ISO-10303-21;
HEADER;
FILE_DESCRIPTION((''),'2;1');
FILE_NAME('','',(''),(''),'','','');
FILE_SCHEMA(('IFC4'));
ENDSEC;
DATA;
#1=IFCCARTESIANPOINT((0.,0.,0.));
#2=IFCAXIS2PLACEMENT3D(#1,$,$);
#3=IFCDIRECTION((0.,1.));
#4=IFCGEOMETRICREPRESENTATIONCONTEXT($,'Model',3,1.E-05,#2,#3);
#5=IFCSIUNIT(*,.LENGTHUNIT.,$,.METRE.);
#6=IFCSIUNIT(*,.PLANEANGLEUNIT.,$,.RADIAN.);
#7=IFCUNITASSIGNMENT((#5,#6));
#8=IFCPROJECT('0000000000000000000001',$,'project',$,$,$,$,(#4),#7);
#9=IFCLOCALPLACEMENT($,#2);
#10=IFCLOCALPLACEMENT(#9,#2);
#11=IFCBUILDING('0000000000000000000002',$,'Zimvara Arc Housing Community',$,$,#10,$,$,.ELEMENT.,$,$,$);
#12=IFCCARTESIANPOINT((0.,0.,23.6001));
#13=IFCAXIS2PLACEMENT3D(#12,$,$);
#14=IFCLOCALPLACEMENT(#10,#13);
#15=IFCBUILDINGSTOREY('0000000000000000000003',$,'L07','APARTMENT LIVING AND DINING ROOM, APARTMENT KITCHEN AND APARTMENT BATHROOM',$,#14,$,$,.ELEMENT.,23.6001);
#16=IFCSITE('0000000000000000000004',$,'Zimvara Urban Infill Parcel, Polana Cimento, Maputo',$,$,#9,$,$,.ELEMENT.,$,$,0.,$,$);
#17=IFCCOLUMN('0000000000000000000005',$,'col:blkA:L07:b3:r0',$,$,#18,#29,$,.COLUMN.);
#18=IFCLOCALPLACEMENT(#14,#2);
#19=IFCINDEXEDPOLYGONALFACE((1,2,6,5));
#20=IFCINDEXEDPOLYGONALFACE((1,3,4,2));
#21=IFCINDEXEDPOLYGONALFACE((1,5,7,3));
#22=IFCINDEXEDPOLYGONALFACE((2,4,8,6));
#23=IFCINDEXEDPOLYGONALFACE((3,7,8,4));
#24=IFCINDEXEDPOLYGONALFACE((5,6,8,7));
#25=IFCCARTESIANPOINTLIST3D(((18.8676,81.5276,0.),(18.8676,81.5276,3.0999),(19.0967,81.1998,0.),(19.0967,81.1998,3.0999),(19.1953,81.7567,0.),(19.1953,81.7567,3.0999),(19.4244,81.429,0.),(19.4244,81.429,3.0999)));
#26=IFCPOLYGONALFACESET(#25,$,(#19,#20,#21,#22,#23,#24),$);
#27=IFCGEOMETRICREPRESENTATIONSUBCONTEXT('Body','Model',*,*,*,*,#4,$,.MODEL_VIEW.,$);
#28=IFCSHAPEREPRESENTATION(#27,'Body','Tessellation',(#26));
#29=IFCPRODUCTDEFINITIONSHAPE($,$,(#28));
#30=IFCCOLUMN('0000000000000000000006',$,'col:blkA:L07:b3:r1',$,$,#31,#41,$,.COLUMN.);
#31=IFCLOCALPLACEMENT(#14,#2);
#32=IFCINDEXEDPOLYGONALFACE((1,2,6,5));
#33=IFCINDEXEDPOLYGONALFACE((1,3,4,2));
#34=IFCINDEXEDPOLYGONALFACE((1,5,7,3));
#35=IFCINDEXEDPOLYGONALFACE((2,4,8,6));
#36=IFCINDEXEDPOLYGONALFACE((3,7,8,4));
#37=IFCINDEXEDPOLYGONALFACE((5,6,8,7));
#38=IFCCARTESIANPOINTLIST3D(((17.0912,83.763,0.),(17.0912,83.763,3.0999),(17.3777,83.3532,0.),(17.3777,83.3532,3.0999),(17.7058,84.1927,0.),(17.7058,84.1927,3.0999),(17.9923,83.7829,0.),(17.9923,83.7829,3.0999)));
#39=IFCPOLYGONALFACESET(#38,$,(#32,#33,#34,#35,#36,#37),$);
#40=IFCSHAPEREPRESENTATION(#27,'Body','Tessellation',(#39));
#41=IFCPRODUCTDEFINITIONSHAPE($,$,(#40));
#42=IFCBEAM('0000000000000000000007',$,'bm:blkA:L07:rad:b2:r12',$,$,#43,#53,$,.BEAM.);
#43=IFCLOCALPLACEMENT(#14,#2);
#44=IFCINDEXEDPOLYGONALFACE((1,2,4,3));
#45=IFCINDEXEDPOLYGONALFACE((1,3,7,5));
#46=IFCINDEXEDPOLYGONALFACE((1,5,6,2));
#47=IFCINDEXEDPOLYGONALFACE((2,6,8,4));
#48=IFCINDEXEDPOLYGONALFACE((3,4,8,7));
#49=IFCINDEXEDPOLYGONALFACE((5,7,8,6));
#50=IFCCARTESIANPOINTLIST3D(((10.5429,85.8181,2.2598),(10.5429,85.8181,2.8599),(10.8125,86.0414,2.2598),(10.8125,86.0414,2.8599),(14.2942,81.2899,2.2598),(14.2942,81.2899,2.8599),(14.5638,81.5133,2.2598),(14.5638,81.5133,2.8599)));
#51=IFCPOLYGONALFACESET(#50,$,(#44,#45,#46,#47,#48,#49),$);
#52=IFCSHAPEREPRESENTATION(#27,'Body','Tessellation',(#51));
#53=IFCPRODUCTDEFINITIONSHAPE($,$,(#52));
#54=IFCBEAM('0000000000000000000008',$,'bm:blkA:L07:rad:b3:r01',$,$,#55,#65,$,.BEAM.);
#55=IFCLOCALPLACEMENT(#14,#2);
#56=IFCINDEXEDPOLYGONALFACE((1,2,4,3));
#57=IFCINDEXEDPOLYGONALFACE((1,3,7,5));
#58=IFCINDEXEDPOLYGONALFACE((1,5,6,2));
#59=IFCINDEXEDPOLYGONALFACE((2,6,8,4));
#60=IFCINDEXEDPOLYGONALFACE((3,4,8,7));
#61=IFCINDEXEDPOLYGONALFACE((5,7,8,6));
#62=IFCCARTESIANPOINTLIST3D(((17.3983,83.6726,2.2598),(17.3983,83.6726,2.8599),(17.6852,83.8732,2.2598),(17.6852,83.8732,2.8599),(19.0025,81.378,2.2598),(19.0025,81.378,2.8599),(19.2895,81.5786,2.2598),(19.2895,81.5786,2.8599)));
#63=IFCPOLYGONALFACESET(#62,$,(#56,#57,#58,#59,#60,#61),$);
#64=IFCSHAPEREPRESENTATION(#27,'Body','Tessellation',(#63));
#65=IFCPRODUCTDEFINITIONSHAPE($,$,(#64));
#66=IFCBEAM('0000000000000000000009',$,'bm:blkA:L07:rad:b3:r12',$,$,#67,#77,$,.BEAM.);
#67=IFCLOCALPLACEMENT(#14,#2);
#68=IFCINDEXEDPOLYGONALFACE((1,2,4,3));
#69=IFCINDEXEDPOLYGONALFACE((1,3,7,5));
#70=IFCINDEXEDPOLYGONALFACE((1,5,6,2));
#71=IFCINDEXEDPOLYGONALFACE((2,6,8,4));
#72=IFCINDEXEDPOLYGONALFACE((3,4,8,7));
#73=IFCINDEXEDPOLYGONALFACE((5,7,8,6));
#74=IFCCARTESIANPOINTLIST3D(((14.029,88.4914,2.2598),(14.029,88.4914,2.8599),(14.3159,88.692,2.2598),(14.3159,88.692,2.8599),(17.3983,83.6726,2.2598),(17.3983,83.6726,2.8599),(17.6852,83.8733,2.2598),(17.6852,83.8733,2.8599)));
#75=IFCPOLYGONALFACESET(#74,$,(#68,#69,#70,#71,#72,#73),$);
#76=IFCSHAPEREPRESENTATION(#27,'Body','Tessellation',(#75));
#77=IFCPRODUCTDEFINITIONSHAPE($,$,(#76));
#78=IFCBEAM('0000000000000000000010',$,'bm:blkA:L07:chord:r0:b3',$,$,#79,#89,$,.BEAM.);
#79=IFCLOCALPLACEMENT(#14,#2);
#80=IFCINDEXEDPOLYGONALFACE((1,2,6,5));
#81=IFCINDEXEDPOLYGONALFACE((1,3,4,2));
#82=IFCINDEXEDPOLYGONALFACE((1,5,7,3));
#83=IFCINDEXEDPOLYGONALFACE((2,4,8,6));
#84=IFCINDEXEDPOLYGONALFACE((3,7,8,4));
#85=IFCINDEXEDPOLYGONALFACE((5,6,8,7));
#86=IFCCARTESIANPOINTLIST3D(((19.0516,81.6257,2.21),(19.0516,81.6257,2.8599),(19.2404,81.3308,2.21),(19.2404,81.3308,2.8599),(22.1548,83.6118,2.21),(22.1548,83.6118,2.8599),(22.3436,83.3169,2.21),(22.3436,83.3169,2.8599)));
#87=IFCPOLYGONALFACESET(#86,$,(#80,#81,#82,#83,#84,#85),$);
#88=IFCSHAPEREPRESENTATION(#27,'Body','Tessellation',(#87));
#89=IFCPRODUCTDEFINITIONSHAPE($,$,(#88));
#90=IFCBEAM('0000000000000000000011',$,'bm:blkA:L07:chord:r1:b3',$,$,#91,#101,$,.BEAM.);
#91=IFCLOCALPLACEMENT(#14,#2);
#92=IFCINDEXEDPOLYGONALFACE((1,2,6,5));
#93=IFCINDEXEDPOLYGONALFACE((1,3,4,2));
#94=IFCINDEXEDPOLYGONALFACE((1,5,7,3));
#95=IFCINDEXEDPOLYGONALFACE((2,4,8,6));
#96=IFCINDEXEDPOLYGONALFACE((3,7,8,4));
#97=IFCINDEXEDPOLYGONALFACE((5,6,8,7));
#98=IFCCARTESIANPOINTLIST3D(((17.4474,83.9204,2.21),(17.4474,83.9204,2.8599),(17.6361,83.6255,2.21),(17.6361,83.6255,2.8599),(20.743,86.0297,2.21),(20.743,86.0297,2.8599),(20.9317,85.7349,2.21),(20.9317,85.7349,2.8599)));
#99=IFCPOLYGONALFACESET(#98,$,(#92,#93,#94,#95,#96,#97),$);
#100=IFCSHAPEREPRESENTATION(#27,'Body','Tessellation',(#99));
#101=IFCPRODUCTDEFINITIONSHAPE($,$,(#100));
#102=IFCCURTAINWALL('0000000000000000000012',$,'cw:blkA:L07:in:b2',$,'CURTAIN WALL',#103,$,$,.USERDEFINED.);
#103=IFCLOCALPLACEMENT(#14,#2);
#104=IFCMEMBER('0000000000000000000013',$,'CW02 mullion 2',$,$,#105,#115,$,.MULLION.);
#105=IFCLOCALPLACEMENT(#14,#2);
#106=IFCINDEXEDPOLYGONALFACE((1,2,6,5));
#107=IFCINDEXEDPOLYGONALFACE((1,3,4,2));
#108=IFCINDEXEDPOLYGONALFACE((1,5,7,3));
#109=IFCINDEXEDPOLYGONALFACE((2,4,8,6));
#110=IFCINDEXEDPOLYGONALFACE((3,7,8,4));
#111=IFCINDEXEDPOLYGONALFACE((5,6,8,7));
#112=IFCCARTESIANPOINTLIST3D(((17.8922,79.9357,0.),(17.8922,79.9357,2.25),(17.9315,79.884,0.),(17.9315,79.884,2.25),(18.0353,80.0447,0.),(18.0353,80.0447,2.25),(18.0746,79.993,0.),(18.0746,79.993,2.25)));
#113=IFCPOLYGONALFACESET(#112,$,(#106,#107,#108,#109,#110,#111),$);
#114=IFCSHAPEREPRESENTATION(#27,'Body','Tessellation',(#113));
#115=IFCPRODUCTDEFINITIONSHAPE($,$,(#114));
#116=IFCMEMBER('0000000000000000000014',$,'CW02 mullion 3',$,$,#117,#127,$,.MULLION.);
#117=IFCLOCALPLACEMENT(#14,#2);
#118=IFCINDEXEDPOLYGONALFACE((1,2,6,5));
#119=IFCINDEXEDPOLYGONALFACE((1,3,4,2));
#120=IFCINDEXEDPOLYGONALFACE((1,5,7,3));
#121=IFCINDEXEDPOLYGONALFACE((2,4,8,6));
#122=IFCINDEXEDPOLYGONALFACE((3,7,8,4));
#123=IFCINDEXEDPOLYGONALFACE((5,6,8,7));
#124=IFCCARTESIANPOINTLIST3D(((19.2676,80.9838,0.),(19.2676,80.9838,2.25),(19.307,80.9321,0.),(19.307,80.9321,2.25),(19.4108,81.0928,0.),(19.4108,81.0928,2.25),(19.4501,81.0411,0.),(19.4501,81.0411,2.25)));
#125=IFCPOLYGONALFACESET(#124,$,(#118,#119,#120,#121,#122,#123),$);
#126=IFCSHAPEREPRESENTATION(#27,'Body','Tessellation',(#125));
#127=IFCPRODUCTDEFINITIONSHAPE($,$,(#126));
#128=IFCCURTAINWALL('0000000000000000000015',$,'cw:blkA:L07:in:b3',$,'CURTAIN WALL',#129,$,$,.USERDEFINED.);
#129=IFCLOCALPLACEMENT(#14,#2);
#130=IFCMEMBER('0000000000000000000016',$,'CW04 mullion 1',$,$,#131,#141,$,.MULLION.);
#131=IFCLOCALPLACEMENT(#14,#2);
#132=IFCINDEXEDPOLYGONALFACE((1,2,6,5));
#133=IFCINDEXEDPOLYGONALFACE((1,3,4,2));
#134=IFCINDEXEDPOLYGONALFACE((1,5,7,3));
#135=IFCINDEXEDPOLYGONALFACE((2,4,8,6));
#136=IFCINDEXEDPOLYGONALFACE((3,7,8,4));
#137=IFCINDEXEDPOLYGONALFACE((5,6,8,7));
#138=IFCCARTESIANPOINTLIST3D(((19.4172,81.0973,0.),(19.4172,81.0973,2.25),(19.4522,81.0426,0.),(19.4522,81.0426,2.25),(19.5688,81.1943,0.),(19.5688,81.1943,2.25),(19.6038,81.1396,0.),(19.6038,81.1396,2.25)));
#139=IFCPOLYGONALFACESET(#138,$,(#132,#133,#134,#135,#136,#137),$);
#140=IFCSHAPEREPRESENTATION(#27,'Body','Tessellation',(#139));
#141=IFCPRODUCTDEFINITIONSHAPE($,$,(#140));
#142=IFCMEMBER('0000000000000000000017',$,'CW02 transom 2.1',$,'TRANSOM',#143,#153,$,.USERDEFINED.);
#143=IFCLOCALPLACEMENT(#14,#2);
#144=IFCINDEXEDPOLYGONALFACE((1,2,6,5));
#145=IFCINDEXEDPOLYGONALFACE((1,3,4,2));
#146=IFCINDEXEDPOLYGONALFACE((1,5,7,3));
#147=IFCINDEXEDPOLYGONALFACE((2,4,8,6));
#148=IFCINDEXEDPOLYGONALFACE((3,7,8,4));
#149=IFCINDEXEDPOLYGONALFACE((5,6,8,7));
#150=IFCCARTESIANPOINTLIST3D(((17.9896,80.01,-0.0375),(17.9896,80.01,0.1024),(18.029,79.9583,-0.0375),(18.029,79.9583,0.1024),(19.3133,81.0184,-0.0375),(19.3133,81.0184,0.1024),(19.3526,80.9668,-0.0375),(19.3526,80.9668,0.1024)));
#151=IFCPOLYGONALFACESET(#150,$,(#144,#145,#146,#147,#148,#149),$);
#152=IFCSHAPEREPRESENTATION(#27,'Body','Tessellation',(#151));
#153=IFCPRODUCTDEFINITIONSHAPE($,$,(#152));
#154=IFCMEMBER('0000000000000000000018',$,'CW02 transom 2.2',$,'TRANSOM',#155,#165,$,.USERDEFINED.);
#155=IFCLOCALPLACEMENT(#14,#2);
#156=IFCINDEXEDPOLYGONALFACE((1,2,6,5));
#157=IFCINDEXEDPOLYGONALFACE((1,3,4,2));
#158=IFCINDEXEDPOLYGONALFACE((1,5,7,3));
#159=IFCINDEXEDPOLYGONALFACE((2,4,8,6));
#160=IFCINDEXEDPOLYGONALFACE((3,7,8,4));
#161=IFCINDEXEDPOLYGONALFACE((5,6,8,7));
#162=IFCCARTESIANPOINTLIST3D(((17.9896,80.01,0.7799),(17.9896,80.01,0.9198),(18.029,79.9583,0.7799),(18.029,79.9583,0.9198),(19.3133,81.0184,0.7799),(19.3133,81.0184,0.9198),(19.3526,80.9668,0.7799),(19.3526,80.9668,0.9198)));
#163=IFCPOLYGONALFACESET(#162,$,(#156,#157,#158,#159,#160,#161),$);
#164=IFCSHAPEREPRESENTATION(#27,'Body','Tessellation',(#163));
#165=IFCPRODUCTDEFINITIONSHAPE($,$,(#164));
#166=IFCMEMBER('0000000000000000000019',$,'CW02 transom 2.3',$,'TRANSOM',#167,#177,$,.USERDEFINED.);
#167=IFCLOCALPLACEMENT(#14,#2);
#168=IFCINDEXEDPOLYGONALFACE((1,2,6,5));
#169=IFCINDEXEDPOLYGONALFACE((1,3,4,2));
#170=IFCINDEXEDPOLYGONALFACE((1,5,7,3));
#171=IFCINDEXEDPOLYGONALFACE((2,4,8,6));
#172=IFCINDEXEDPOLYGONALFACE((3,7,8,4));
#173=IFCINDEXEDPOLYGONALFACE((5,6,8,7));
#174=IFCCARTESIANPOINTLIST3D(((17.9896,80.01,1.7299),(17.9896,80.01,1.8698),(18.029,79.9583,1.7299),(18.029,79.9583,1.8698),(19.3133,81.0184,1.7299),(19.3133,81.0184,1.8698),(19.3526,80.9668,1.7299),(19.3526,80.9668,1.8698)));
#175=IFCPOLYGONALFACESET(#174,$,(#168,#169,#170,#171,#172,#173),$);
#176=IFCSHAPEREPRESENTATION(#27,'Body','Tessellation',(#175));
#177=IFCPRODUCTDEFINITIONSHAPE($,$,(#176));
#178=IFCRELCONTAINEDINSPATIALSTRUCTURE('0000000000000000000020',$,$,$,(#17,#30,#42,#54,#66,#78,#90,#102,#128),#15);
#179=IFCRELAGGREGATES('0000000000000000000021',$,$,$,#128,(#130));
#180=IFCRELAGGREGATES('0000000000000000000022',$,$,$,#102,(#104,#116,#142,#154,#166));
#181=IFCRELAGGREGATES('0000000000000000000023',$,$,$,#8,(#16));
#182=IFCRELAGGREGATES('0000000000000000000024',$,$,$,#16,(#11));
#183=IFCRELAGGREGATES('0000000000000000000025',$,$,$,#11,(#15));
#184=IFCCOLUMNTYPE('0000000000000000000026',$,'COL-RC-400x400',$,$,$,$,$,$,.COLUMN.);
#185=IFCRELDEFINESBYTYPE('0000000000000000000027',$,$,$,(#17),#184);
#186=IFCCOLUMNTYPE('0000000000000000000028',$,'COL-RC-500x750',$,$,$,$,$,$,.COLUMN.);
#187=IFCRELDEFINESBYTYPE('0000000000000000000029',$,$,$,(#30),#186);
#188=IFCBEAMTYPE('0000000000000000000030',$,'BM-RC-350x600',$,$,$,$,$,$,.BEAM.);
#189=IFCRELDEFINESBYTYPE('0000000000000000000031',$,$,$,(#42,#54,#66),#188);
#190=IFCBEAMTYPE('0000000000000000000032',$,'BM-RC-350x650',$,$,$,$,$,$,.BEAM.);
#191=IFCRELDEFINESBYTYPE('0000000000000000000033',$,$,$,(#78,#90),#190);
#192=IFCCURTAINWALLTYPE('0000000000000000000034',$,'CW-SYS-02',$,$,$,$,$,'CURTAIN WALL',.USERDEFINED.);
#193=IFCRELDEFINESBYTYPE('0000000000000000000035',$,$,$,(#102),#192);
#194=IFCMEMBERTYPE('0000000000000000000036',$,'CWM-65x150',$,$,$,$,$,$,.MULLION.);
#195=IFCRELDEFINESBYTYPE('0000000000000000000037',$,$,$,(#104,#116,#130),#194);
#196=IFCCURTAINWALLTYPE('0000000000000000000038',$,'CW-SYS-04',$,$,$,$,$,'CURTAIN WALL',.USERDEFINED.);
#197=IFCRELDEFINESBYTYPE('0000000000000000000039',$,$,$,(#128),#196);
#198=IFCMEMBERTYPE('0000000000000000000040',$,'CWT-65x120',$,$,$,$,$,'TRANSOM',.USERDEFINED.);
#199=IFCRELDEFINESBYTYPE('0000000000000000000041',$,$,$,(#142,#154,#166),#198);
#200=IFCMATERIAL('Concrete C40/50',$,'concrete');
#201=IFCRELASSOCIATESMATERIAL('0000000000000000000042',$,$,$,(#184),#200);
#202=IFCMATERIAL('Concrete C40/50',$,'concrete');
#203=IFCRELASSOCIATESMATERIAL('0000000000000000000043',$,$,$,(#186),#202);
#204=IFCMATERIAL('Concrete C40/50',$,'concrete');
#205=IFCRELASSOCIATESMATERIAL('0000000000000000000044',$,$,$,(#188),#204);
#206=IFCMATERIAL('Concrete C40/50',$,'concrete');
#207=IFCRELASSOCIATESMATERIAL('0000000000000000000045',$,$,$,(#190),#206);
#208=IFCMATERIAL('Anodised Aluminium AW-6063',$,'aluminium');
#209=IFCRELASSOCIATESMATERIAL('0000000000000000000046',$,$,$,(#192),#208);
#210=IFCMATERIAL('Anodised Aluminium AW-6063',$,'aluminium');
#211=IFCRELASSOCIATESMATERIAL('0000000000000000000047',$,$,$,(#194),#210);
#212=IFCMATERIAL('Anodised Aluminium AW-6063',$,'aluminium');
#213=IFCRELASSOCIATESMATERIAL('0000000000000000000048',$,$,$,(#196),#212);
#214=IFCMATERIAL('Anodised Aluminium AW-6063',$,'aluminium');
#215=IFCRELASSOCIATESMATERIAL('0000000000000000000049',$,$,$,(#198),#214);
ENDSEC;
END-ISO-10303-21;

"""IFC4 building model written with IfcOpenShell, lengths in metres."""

from ifc_helpers import new_model, si_unit, direction, frame, origin, origin_2d, place, context, subcontext, project, spatial, rectangle, extrude, material, material_profile, profile_set, type_object, element, aggregate, save


model = new_model("IFC4")

# Units and contexts
model_context = context("Model", 3, precision=1e-05, world=origin(), true_north=direction((0.0, 1.0)))
body_context = subcontext(model_context, "Body", "Model", "MODEL_VIEW")
ifc_project = project(units=[si_unit("LENGTHUNIT", "METRE"), si_unit("PLANEANGLEUNIT", "RADIAN")], contexts=[model_context])

# Site, building, storey
site_placement = place(None, origin())
site = spatial("IfcSite", under=ifc_project, at=site_placement, Name="Zimvara Urban Infill Parcel, Polana Cimento, Maputo", CompositionType="ELEMENT", RefElevation=0.0)
building_placement = place(site_placement, origin())
building = spatial("IfcBuilding", under=site, at=building_placement, Name="Zimvara Arc Housing Community", CompositionType="ELEMENT")
storey_placement = place(building_placement, frame((0.0, 0.0, 23.6001)))
storey = spatial("IfcBuildingStorey", under=building, at=storey_placement, Name="L07", Description="APARTMENT LIVING AND DINING ROOM, APARTMENT KITCHEN AND APARTMENT BATHROOM", CompositionType="ELEMENT", Elevation=23.6001)

# Columns
ifc_material_1 = material(Name="Concrete C40/50", Category="concrete")
ifc_material_profile_1 = material_profile(ifc_material_1, rectangle(XDim=0.3999, YDim=0.3999, at=origin_2d()), Name="RC 400x400")
ifc_profile_set_1 = profile_set([ifc_material_profile_1], Name="Concrete C40/50")
column_type_1 = type_object("IfcColumnType", Name="COL-RC-400x400", PredefinedType="COLUMN", material=ifc_profile_set_1)
column_1_placement = place(storey_placement, frame((19.146, 81.4783, 0.0), z_axis=(0.0, 0.0, 1.0), x_axis=(-0.573004, 0.819552, 0.0)))
element("IfcColumn", 1, at=column_1_placement, inside=storey, type_object=column_type_1, Name="col:blkA:L07:b3:r0", PredefinedType="COLUMN", context=body_context, shape_type="SweptSolid", body=[
    extrude(rectangle(XDim=0.3999, YDim=0.3999, at=origin_2d()), origin(), (0.0, 0.0, 1.0), 3.0999),
])
ifc_material_2 = material(Name="Concrete C40/50", Category="concrete")
ifc_material_profile_2 = material_profile(ifc_material_2, rectangle(XDim=0.5, YDim=0.75, at=origin_2d()), Name="RC 500x750")
ifc_profile_set_2 = profile_set([ifc_material_profile_2], Name="Concrete C40/50")
column_type_2 = type_object("IfcColumnType", Name="COL-RC-500x750", PredefinedType="COLUMN", material=ifc_profile_set_2)
column_2_placement = place(storey_placement, frame((17.5417, 83.7729, 0.0), z_axis=(0.0, 0.0, 1.0), x_axis=(-0.573004, 0.819552, 0.0)))
element("IfcColumn", 2, at=column_2_placement, inside=storey, type_object=column_type_2, Name="col:blkA:L07:b3:r1", PredefinedType="COLUMN", context=body_context, shape_type="SweptSolid", body=[
    extrude(rectangle(XDim=0.5, YDim=0.75, at=origin_2d()), origin(), (0.0, 0.0, 1.0), 3.0999),
])

# Beams
ifc_material_3 = material(Name="Concrete C40/50", Category="concrete")
ifc_material_profile_3 = material_profile(ifc_material_3, rectangle(XDim=0.3501, YDim=0.6001, at=origin_2d()), Name="RC 350x600")
ifc_profile_set_3 = profile_set([ifc_material_profile_3], Name="Concrete C40/50")
beam_type_1 = type_object("IfcBeamType", Name="BM-RC-350x600", PredefinedType="BEAM", material=ifc_profile_set_3)
beam_1_placement = place(storey_placement, frame((14.429, 81.4016, 2.5598), z_axis=(-0.637956, 0.770073, 0.0), x_axis=(-0.770073, -0.637956, 0.0)))
element("IfcBeam", 3, at=beam_1_placement, inside=storey, type_object=beam_type_1, Name="bm:blkA:L07:rad:b2:r12", PredefinedType="BEAM", context=body_context, shape_type="SweptSolid", body=[
    extrude(rectangle(XDim=0.3501, YDim=0.6001, at=origin_2d()), origin(), (0.0, 0.0, 1.0), 5.8801),
])
beam_2_placement = place(storey_placement, frame((19.146, 81.4783, 2.5598), z_axis=(-0.572977, 0.819572, 0.0), x_axis=(-0.819572, -0.572977, 0.0)))
element("IfcBeam", 4, at=beam_2_placement, inside=storey, type_object=beam_type_1, Name="bm:blkA:L07:rad:b3:r01", PredefinedType="BEAM", context=body_context, shape_type="SweptSolid", body=[
    extrude(rectangle(XDim=0.3501, YDim=0.6001, at=origin_2d()), origin(), (0.0, 0.0, 1.0), 2.7998),
])
beam_3_placement = place(storey_placement, frame((17.5417, 83.7729, 2.5598), z_axis=(-0.573028, 0.819536, 0.0), x_axis=(-0.819536, -0.573028, 0.0)))
element("IfcBeam", 5, at=beam_3_placement, inside=storey, type_object=beam_type_1, Name="bm:blkA:L07:rad:b3:r12", PredefinedType="BEAM", context=body_context, shape_type="SweptSolid", body=[
    extrude(rectangle(XDim=0.3501, YDim=0.6001, at=origin_2d()), origin(), (0.0, 0.0, 1.0), 5.8799),
])
ifc_material_4 = material(Name="Concrete C40/50", Category="concrete")
ifc_material_profile_4 = material_profile(ifc_material_4, rectangle(XDim=0.3501, YDim=0.6499, at=origin_2d()), Name="RC 350x650")
ifc_profile_set_4 = profile_set([ifc_material_profile_4], Name="Concrete C40/50")
beam_type_2 = type_object("IfcBeamType", Name="BM-RC-350x650", PredefinedType="BEAM", material=ifc_profile_set_4)
beam_4_placement = place(storey_placement, frame((19.146, 81.4783, 2.5349), z_axis=(0.842273, 0.539052, 0.0), x_axis=(-0.539052, 0.842273, 0.0)))
element("IfcBeam", 6, at=beam_4_placement, inside=storey, type_object=beam_type_2, Name="bm:blkA:L07:chord:r0:b3", PredefinedType="BEAM", context=body_context, shape_type="SweptSolid", body=[
    extrude(rectangle(XDim=0.3501, YDim=0.6499, at=origin_2d()), origin(), (0.0, 0.0, 1.0), 3.6843),
])
beam_5_placement = place(storey_placement, frame((17.5417, 83.7729, 2.5349), z_axis=(0.842253, 0.539082, 0.0), x_axis=(-0.539082, 0.842253, 0.0)))
element("IfcBeam", 7, at=beam_5_placement, inside=storey, type_object=beam_type_2, Name="bm:blkA:L07:chord:r1:b3", PredefinedType="BEAM", context=body_context, shape_type="SweptSolid", body=[
    extrude(rectangle(XDim=0.3501, YDim=0.6499, at=origin_2d()), origin(), (0.0, 0.0, 1.0), 3.9128),
])

# Curtain wall, members
ifc_material_5 = material(Name="Anodised Aluminium AW-6063", Category="aluminium")
curtain_wall_type_1 = type_object("IfcCurtainWallType", Name="CW-SYS-02", ElementType="CURTAIN WALL", PredefinedType="USERDEFINED", material=ifc_material_5)
curtain_wall_1_placement = place(storey_placement, origin())
curtain_wall_1 = element("IfcCurtainWall", 8, at=curtain_wall_1_placement, inside=storey, type_object=curtain_wall_type_1, Name="cw:blkA:L07:in:b2", ObjectType="CURTAIN WALL", PredefinedType="USERDEFINED")
ifc_material_6 = material(Name="Anodised Aluminium AW-6063", Category="aluminium")
ifc_material_profile_5 = material_profile(ifc_material_6, rectangle(XDim=0.0649, YDim=0.1799, at=origin_2d()), Name="ALU 65x180")
ifc_profile_set_5 = profile_set([ifc_material_profile_5], Name="Anodised Aluminium AW-6063")
member_type_1 = type_object("IfcMemberType", Name="CWM-65x150", PredefinedType="MULLION", material=ifc_profile_set_5)
member_1_placement = place(storey_placement, frame((17.9834, 79.9644, 0.0), z_axis=(0.0, 0.0, 1.0), x_axis=(-0.605988, 0.795474, 0.0)))
member_1 = element("IfcMember", 9, at=member_1_placement, type_object=member_type_1, Name="CW02 mullion 2", PredefinedType="MULLION", context=body_context, shape_type="SweptSolid", body=[
    extrude(rectangle(XDim=0.0649, YDim=0.1799, at=origin_2d()), origin(), (0.0, 0.0, 1.0), 2.25),
])
member_2_placement = place(storey_placement, frame((19.3589, 81.0125, 0.0), z_axis=(0.0, 0.0, 1.0), x_axis=(-0.605988, 0.795474, 0.0)))
member_2 = element("IfcMember", 10, at=member_2_placement, type_object=member_type_1, Name="CW02 mullion 3", PredefinedType="MULLION", context=body_context, shape_type="SweptSolid", body=[
    extrude(rectangle(XDim=0.0649, YDim=0.1799, at=origin_2d()), origin(), (0.0, 0.0, 1.0), 2.25),
])

# Curtain wall, member
ifc_material_7 = material(Name="Anodised Aluminium AW-6063", Category="aluminium")
curtain_wall_type_2 = type_object("IfcCurtainWallType", Name="CW-SYS-04", ElementType="CURTAIN WALL", PredefinedType="USERDEFINED", material=ifc_material_7)
curtain_wall_2_placement = place(storey_placement, origin())
curtain_wall_2 = element("IfcCurtainWall", 11, at=curtain_wall_2_placement, inside=storey, type_object=curtain_wall_type_2, Name="cw:blkA:L07:in:b3", ObjectType="CURTAIN WALL", PredefinedType="USERDEFINED")
member_3_placement = place(storey_placement, frame((19.5105, 81.1184, 0.0), z_axis=(0.0, 0.0, 1.0), x_axis=(-0.539064, 0.842265, 0.0)))
member_3 = element("IfcMember", 12, at=member_3_placement, type_object=member_type_1, Name="CW04 mullion 1", PredefinedType="MULLION", context=body_context, shape_type="SweptSolid", body=[
    extrude(rectangle(XDim=0.0649, YDim=0.1799, at=origin_2d()), origin(), (0.0, 0.0, 1.0), 2.25),
])

# Members
ifc_material_8 = material(Name="Anodised Aluminium AW-6063", Category="aluminium")
ifc_material_profile_6 = material_profile(ifc_material_8, rectangle(XDim=0.0649, YDim=0.1399, at=origin_2d()), Name="ALU 65x140")
ifc_profile_set_6 = profile_set([ifc_material_profile_6], Name="Anodised Aluminium AW-6063")
member_type_2 = type_object("IfcMemberType", Name="CWT-65x120", ElementType="TRANSOM", PredefinedType="USERDEFINED", material=ifc_profile_set_6)
member_4_placement = place(storey_placement, frame((18.0093, 79.9841, 0.0325), z_axis=(0.795435, 0.606039, 0.0), x_axis=(-0.606039, 0.795435, 0.0)))
member_4 = element("IfcMember", 13, at=member_4_placement, type_object=member_type_2, Name="CW02 transom 2.1", ObjectType="TRANSOM", PredefinedType="USERDEFINED", context=body_context, shape_type="SweptSolid", body=[
    extrude(rectangle(XDim=0.0649, YDim=0.1399, at=origin_2d()), origin(), (0.0, 0.0, 1.0), 1.6641),
])
member_5_placement = place(storey_placement, frame((18.0093, 79.9841, 0.8499), z_axis=(0.795435, 0.606039, 0.0), x_axis=(-0.606039, 0.795435, 0.0)))
member_5 = element("IfcMember", 14, at=member_5_placement, type_object=member_type_2, Name="CW02 transom 2.2", ObjectType="TRANSOM", PredefinedType="USERDEFINED", context=body_context, shape_type="SweptSolid", body=[
    extrude(rectangle(XDim=0.0649, YDim=0.1399, at=origin_2d()), origin(), (0.0, 0.0, 1.0), 1.6641),
])
member_6_placement = place(storey_placement, frame((18.0093, 79.9841, 1.7998), z_axis=(0.795435, 0.606039, 0.0), x_axis=(-0.606039, 0.795435, 0.0)))
member_6 = element("IfcMember", 15, at=member_6_placement, type_object=member_type_2, Name="CW02 transom 2.3", ObjectType="TRANSOM", PredefinedType="USERDEFINED", context=body_context, shape_type="SweptSolid", body=[
    extrude(rectangle(XDim=0.0649, YDim=0.1399, at=origin_2d()), origin(), (0.0, 0.0, 1.0), 1.6641),
])

aggregate(curtain_wall_2, [member_3])
aggregate(curtain_wall_1, [member_1, member_2, member_4, member_5, member_6])

save(model, "model.ifc")
